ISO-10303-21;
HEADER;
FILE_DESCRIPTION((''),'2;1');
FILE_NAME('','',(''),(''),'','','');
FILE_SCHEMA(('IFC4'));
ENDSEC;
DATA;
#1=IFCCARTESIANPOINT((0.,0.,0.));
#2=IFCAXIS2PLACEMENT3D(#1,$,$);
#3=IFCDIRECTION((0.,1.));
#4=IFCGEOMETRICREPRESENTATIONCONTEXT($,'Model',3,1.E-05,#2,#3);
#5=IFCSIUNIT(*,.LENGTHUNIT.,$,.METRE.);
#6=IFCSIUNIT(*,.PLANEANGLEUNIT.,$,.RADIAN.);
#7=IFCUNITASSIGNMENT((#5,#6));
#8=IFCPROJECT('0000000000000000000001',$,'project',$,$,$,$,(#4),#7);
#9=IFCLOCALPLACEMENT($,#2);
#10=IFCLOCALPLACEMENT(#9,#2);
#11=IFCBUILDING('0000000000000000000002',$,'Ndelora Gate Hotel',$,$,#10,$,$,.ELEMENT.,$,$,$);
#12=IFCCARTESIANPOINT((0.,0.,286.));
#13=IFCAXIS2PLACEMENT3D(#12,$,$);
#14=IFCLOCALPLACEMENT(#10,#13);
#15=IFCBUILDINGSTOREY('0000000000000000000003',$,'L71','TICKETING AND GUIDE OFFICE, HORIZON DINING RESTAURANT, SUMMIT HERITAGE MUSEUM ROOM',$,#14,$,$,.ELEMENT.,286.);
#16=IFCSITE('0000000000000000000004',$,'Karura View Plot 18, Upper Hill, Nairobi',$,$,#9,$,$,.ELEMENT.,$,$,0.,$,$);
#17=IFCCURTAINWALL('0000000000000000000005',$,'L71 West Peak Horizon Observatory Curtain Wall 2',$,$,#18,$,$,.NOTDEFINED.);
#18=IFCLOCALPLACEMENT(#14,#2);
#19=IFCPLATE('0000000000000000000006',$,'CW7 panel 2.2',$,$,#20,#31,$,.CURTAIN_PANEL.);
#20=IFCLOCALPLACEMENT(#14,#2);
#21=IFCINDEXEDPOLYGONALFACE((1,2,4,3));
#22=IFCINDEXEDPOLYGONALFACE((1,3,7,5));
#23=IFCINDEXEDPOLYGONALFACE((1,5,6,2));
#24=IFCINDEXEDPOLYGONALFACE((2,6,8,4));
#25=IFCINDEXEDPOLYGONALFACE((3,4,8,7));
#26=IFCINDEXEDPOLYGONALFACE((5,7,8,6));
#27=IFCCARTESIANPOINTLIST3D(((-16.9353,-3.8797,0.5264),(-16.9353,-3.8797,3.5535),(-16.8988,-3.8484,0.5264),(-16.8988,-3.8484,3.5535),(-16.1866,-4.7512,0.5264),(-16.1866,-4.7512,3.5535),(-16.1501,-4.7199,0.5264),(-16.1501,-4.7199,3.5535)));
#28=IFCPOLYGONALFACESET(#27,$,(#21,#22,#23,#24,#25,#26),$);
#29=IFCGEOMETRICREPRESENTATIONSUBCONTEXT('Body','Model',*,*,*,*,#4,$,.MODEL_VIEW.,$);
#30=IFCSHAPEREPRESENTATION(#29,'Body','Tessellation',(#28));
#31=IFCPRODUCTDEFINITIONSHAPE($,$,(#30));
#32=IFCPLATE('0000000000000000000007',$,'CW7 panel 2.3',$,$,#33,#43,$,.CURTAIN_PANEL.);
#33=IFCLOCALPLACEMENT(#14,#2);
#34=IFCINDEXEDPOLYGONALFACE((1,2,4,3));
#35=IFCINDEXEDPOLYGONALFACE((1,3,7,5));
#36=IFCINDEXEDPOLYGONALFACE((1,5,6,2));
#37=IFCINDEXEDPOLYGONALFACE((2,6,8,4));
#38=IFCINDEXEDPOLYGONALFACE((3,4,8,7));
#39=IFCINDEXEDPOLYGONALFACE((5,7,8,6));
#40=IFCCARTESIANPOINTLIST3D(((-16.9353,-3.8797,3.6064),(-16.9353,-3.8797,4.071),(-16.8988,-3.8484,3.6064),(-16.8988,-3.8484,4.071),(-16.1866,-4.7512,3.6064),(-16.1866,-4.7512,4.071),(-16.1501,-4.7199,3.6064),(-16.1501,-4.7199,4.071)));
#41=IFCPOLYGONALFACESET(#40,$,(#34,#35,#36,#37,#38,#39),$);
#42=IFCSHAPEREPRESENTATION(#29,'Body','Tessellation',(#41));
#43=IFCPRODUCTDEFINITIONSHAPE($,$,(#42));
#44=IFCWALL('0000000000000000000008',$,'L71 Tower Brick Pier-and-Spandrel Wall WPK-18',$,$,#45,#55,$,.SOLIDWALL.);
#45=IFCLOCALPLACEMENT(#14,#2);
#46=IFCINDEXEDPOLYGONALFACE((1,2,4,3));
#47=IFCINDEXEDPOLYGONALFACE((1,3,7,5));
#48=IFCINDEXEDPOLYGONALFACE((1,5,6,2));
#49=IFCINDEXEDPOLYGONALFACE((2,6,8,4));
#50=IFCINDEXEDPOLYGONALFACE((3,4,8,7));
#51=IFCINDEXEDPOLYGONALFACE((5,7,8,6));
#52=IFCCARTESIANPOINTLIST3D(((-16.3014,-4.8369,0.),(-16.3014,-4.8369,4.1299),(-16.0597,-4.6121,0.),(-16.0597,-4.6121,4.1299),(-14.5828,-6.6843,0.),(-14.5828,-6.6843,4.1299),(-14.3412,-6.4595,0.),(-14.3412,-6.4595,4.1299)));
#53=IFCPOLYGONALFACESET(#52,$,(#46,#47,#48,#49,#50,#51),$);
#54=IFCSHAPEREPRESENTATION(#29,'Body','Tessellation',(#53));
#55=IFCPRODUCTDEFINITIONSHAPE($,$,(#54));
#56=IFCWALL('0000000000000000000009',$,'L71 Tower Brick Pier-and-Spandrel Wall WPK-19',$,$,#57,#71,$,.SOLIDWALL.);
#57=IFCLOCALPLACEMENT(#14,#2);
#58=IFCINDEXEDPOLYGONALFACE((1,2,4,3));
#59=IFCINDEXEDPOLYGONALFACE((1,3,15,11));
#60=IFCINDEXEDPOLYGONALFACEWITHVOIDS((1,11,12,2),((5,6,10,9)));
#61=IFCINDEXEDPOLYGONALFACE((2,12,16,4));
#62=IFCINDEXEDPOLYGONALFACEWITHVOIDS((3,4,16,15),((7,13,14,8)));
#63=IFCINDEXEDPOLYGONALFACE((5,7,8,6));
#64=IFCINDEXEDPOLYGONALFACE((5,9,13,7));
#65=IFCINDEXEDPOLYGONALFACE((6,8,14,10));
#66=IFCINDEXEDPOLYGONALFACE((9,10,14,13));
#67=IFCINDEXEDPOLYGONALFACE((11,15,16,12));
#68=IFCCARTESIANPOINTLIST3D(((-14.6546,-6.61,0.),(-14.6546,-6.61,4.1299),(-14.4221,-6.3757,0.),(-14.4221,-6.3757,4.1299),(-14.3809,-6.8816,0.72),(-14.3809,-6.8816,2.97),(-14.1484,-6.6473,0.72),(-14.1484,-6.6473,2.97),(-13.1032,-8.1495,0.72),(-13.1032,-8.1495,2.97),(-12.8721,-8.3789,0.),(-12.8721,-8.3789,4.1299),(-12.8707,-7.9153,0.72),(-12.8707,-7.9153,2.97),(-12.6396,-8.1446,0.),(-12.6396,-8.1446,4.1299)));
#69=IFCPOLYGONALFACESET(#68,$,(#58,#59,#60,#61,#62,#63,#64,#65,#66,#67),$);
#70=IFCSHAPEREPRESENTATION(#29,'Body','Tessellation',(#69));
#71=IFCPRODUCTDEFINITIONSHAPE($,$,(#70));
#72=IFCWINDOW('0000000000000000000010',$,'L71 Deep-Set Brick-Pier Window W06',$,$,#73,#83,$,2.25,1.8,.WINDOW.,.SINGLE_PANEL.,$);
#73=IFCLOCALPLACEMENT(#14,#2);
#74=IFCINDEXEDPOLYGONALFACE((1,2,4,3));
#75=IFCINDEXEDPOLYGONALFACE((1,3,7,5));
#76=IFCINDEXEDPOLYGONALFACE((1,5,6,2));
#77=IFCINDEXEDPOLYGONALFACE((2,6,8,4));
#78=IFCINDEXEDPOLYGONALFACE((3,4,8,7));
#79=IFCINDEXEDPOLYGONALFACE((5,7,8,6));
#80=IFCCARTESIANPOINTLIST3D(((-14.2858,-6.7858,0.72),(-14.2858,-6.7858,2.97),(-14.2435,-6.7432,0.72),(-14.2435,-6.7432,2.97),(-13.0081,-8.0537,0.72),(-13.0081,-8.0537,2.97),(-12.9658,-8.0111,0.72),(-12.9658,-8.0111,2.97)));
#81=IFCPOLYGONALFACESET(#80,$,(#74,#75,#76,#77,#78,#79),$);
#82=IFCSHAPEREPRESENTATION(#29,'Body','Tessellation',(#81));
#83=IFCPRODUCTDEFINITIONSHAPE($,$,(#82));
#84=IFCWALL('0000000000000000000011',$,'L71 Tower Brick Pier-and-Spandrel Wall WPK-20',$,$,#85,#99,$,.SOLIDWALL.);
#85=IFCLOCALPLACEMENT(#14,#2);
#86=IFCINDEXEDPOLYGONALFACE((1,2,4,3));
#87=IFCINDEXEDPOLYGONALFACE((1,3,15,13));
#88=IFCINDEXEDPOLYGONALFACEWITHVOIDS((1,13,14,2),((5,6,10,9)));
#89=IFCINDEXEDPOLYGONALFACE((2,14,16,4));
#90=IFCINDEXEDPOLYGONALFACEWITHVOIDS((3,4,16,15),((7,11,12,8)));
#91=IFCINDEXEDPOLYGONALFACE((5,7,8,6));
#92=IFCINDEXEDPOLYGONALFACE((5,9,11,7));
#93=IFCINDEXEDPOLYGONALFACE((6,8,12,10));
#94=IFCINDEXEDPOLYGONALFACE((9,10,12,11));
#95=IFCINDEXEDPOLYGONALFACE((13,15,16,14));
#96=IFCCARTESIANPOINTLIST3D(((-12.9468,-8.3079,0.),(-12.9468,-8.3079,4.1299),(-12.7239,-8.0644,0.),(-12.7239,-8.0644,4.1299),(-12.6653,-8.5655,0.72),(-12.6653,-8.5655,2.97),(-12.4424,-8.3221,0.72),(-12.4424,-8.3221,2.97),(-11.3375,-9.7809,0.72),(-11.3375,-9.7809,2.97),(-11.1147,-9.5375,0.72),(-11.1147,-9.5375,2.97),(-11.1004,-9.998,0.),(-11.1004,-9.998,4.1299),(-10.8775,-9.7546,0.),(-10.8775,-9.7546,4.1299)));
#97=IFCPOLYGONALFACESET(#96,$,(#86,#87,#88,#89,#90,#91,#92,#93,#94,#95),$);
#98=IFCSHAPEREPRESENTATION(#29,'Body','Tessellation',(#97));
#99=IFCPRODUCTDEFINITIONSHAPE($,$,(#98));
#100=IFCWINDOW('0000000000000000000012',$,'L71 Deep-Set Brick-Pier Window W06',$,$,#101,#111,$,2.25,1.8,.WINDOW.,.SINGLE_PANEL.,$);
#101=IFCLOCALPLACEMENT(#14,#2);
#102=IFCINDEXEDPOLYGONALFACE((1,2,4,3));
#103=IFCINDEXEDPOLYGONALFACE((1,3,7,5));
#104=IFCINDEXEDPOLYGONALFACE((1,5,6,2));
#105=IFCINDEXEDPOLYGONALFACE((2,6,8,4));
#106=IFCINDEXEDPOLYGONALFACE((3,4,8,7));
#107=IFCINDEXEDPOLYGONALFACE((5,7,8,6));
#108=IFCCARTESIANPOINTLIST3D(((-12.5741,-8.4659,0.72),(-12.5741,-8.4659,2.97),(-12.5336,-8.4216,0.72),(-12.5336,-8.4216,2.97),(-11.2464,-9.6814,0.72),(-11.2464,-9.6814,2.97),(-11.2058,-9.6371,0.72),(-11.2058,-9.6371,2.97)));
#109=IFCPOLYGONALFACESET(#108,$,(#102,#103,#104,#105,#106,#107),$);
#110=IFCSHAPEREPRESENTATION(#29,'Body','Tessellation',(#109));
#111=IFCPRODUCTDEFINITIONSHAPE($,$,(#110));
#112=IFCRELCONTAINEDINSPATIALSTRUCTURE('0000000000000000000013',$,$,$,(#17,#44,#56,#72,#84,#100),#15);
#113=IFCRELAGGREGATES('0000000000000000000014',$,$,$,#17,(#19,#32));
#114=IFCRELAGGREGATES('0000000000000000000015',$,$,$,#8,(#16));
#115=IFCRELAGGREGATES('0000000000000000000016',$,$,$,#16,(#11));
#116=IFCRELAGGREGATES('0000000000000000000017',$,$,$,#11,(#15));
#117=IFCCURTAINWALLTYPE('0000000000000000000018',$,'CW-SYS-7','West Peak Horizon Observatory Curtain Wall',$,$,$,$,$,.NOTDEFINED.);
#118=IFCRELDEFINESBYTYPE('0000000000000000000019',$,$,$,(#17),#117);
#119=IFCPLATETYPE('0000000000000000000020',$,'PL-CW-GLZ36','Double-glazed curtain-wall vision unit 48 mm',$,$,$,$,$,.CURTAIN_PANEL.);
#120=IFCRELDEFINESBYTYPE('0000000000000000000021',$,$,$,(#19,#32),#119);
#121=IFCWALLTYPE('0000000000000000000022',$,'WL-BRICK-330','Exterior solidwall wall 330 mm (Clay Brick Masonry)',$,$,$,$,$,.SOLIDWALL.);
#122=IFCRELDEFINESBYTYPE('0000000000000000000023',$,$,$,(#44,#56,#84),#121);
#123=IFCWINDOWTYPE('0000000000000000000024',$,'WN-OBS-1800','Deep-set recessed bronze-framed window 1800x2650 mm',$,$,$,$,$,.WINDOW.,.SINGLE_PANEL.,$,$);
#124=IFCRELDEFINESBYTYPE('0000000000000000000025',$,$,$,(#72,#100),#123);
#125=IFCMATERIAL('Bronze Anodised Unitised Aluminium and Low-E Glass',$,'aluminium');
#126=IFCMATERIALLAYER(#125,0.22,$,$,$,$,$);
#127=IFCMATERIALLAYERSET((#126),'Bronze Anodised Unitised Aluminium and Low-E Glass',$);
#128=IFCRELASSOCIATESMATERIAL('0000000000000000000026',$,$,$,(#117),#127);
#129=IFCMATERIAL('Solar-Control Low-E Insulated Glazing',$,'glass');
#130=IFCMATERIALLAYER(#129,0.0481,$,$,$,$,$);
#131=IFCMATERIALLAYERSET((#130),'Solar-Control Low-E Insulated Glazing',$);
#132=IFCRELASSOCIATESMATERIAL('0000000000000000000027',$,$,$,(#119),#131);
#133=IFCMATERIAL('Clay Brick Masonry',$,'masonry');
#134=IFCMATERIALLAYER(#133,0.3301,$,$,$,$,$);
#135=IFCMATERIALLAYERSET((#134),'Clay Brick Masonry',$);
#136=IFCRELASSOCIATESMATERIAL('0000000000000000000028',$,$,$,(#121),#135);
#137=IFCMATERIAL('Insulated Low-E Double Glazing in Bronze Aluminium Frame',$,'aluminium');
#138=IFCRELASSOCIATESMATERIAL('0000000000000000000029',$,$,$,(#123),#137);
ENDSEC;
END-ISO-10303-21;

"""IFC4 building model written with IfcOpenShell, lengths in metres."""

from ifc_helpers import new_model, si_unit, direction, frame, frame_2d, origin, origin_2d, place, context, subcontext, project, spatial, rectangle, extrude, material, layer, layer_set, type_object, element, fill, aggregate, save


model = new_model("IFC4")

# Units and contexts
model_context = context("Model", 3, precision=1e-05, world=origin(), true_north=direction((0.0, 1.0)))
body_context = subcontext(model_context, "Body", "Model", "MODEL_VIEW")
ifc_project = project(units=[si_unit("LENGTHUNIT", "METRE"), si_unit("PLANEANGLEUNIT", "RADIAN")], contexts=[model_context])

# Site, building, storey
site_placement = place(None, origin())
site = spatial("IfcSite", under=ifc_project, at=site_placement, Name="Karura View Plot 18, Upper Hill, Nairobi", CompositionType="ELEMENT", RefElevation=0.0)
building_placement = place(site_placement, origin())
building = spatial("IfcBuilding", under=site, at=building_placement, Name="Ndelora Gate Hotel", CompositionType="ELEMENT")
storey_placement = place(building_placement, frame((0.0, 0.0, 286.0)))
storey = spatial("IfcBuildingStorey", under=building, at=storey_placement, Name="L71", Description="TICKETING AND GUIDE OFFICE, HORIZON DINING RESTAURANT, SUMMIT HERITAGE MUSEUM ROOM", CompositionType="ELEMENT", Elevation=286.0)

# Curtain wall, plates
ifc_material_1 = material(Name="Bronze Anodised Unitised Aluminium and Low-E Glass", Category="aluminium")
ifc_layer_1 = layer(ifc_material_1, 0.22)
ifc_layer_set_1 = layer_set([ifc_layer_1], Name="Bronze Anodised Unitised Aluminium and Low-E Glass")
curtain_wall_type = type_object("IfcCurtainWallType", Name="CW-SYS-7", Description="West Peak Horizon Observatory Curtain Wall", PredefinedType="NOTDEFINED", material=ifc_layer_set_1)
curtain_wall_placement = place(storey_placement, origin())
curtain_wall = element("IfcCurtainWall", 1, at=curtain_wall_placement, inside=storey, type_object=curtain_wall_type, Name="L71 West Peak Horizon Observatory Curtain Wall 2", PredefinedType="NOTDEFINED")
ifc_material_2 = material(Name="Solar-Control Low-E Insulated Glazing", Category="glass")
ifc_layer_2 = layer(ifc_material_2, 0.0481)
ifc_layer_set_2 = layer_set([ifc_layer_2], Name="Solar-Control Low-E Insulated Glazing")
plate_type = type_object("IfcPlateType", Name="PL-CW-GLZ36", Description="Double-glazed curtain-wall vision unit 48 mm", PredefinedType="CURTAIN_PANEL", material=ifc_layer_set_2)
plate_1_placement = place(storey_placement, frame((-16.5427, -4.2998, 0.5264), z_axis=(0.0, 0.0, 1.0), x_axis=(0.651638, -0.75853, 0.0)))
plate_1 = element("IfcPlate", 2, at=plate_1_placement, type_object=plate_type, Name="CW7 panel 2.2", PredefinedType="CURTAIN_PANEL", context=body_context, shape_type="SweptSolid", body=[
    extrude(rectangle(XDim=1.1489, YDim=0.0481, at=origin_2d()), origin(), (0.0, 0.0, 1.0), 3.0271),
])
plate_2_placement = place(storey_placement, frame((-16.5427, -4.2998, 3.6064), z_axis=(0.0, 0.0, 1.0), x_axis=(0.651638, -0.75853, 0.0)))
plate_2 = element("IfcPlate", 3, at=plate_2_placement, type_object=plate_type, Name="CW7 panel 2.3", PredefinedType="CURTAIN_PANEL", context=body_context, shape_type="SweptSolid", body=[
    extrude(rectangle(XDim=1.1489, YDim=0.0481, at=origin_2d()), origin(), (0.0, 0.0, 1.0), 0.4646),
])
aggregate(curtain_wall, [plate_1, plate_2])

# Wall
ifc_material_3 = material(Name="Clay Brick Masonry", Category="masonry")
ifc_layer_3 = layer(ifc_material_3, 0.3301)
ifc_layer_set_3 = layer_set([ifc_layer_3], Name="Clay Brick Masonry")
wall_type_1 = type_object("IfcWallType", Name="WL-BRICK-330", Description="Exterior solidwall wall 330 mm (Clay Brick Masonry)", PredefinedType="SOLIDWALL", material=ifc_layer_set_3)
wall_1_placement = place(storey_placement, frame((-14.4619, -6.572, 0.0), z_axis=(0.0, 0.0, 1.0), x_axis=(-0.6811, 0.73219, 0.0)))
element("IfcWall", 4, at=wall_1_placement, inside=storey, type_object=wall_type_1, Name="L71 Tower Brick Pier-and-Spandrel Wall WPK-18", PredefinedType="SOLIDWALL", context=body_context, shape_type="SweptSolid", body=[
    extrude(rectangle(XDim=2.5232, YDim=0.3301, at=frame_2d((1.2617, 0.0))), origin(), (0.0, 0.0, 1.0), 4.1299),
])

# Walls, openings, windows
wall_2_placement = place(storey_placement, frame((-12.7559, -8.2617, 0.0), z_axis=(0.0, 0.0, 1.0), x_axis=(-0.709824, 0.704379, 0.0)))
wall_2 = element("IfcWall", 5, at=wall_2_placement, inside=storey, type_object=wall_type_1, Name="L71 Tower Brick Pier-and-Spandrel Wall WPK-19", PredefinedType="SOLIDWALL", context=body_context, shape_type="SweptSolid", body=[
    extrude(rectangle(XDim=2.5112, YDim=0.3301, at=frame_2d((1.2556, 0.0))), origin(), (0.0, 0.0, 1.0), 4.1299),
])
opening_1_placement = place(wall_2_placement, frame((0.3257, 0.0, 0.72)))
opening_1 = element("IfcOpeningElement", 6, at=opening_1_placement, cuts=wall_2, PredefinedType="OPENING", context=body_context, shape_type="SweptSolid", body=[
    extrude(rectangle(XDim=1.8, YDim=2.25, at=frame_2d((0.8999, 1.125))), frame((0.0, 0.175, 0.0), z_axis=(0.0, -1.0, 0.0), x_axis=(1.0, 0.0, 0.0)), (0.0, 0.0, 1.0), 0.3501),
])
ifc_material_4 = material(Name="Insulated Low-E Double Glazing in Bronze Aluminium Frame", Category="aluminium")
window_type = type_object("IfcWindowType", Name="WN-OBS-1800", Description="Deep-set recessed bronze-framed window 1800x2650 mm", PartitioningType="SINGLE_PANEL", PredefinedType="WINDOW", material=ifc_material_4)
window_1_placement = place(opening_1_placement, origin())
window_1 = element("IfcWindow", 7, at=window_1_placement, inside=storey, type_object=window_type, Name="L71 Deep-Set Brick-Pier Window W06", OverallHeight=2.25, OverallWidth=1.8, PartitioningType="SINGLE_PANEL", PredefinedType="WINDOW", context=body_context, shape_type="SweptSolid", body=[
    extrude(rectangle(XDim=1.8, YDim=2.25, at=frame_2d((0.8999, 1.125))), frame((0.0, 0.03, 0.0), z_axis=(0.0, -1.0, 0.0), x_axis=(1.0, 0.0, 0.0)), (0.0, 0.0, 1.0), 0.0601),
])
fill(opening_1, window_1)
wall_3_placement = place(storey_placement, frame((-10.989, -9.8762, 0.0), z_axis=(0.0, 0.0, 1.0), x_axis=(-0.737628, 0.675208, 0.0)))
wall_3 = element("IfcWall", 8, at=wall_3_placement, inside=storey, type_object=wall_type_1, Name="L71 Tower Brick Pier-and-Spandrel Wall WPK-20", PredefinedType="SOLIDWALL", context=body_context, shape_type="SweptSolid", body=[
    extrude(rectangle(XDim=2.5032, YDim=0.3301, at=frame_2d((1.2515, 0.0))), origin(), (0.0, 0.0, 1.0), 4.1299),
])
opening_2_placement = place(wall_3_placement, frame((0.3215, 0.0, 0.72)))
opening_2 = element("IfcOpeningElement", 9, at=opening_2_placement, cuts=wall_3, PredefinedType="OPENING", context=body_context, shape_type="SweptSolid", body=[
    extrude(rectangle(XDim=1.8, YDim=2.25, at=frame_2d((0.8999, 1.125))), frame((0.0, 0.175, 0.0), z_axis=(0.0, -1.0, 0.0), x_axis=(1.0, 0.0, 0.0)), (0.0, 0.0, 1.0), 0.3501),
])
window_2_placement = place(opening_2_placement, origin())
window_2 = element("IfcWindow", 10, at=window_2_placement, inside=storey, type_object=window_type, Name="L71 Deep-Set Brick-Pier Window W06", OverallHeight=2.25, OverallWidth=1.8, PartitioningType="SINGLE_PANEL", PredefinedType="WINDOW", context=body_context, shape_type="SweptSolid", body=[
    extrude(rectangle(XDim=1.8, YDim=2.25, at=frame_2d((0.8999, 1.125))), frame((0.0, 0.03, 0.0), z_axis=(0.0, -1.0, 0.0), x_axis=(1.0, 0.0, 0.0)), (0.0, 0.0, 1.0), 0.0601),
])
fill(opening_2, window_2)

save(model, "model.ifc")
